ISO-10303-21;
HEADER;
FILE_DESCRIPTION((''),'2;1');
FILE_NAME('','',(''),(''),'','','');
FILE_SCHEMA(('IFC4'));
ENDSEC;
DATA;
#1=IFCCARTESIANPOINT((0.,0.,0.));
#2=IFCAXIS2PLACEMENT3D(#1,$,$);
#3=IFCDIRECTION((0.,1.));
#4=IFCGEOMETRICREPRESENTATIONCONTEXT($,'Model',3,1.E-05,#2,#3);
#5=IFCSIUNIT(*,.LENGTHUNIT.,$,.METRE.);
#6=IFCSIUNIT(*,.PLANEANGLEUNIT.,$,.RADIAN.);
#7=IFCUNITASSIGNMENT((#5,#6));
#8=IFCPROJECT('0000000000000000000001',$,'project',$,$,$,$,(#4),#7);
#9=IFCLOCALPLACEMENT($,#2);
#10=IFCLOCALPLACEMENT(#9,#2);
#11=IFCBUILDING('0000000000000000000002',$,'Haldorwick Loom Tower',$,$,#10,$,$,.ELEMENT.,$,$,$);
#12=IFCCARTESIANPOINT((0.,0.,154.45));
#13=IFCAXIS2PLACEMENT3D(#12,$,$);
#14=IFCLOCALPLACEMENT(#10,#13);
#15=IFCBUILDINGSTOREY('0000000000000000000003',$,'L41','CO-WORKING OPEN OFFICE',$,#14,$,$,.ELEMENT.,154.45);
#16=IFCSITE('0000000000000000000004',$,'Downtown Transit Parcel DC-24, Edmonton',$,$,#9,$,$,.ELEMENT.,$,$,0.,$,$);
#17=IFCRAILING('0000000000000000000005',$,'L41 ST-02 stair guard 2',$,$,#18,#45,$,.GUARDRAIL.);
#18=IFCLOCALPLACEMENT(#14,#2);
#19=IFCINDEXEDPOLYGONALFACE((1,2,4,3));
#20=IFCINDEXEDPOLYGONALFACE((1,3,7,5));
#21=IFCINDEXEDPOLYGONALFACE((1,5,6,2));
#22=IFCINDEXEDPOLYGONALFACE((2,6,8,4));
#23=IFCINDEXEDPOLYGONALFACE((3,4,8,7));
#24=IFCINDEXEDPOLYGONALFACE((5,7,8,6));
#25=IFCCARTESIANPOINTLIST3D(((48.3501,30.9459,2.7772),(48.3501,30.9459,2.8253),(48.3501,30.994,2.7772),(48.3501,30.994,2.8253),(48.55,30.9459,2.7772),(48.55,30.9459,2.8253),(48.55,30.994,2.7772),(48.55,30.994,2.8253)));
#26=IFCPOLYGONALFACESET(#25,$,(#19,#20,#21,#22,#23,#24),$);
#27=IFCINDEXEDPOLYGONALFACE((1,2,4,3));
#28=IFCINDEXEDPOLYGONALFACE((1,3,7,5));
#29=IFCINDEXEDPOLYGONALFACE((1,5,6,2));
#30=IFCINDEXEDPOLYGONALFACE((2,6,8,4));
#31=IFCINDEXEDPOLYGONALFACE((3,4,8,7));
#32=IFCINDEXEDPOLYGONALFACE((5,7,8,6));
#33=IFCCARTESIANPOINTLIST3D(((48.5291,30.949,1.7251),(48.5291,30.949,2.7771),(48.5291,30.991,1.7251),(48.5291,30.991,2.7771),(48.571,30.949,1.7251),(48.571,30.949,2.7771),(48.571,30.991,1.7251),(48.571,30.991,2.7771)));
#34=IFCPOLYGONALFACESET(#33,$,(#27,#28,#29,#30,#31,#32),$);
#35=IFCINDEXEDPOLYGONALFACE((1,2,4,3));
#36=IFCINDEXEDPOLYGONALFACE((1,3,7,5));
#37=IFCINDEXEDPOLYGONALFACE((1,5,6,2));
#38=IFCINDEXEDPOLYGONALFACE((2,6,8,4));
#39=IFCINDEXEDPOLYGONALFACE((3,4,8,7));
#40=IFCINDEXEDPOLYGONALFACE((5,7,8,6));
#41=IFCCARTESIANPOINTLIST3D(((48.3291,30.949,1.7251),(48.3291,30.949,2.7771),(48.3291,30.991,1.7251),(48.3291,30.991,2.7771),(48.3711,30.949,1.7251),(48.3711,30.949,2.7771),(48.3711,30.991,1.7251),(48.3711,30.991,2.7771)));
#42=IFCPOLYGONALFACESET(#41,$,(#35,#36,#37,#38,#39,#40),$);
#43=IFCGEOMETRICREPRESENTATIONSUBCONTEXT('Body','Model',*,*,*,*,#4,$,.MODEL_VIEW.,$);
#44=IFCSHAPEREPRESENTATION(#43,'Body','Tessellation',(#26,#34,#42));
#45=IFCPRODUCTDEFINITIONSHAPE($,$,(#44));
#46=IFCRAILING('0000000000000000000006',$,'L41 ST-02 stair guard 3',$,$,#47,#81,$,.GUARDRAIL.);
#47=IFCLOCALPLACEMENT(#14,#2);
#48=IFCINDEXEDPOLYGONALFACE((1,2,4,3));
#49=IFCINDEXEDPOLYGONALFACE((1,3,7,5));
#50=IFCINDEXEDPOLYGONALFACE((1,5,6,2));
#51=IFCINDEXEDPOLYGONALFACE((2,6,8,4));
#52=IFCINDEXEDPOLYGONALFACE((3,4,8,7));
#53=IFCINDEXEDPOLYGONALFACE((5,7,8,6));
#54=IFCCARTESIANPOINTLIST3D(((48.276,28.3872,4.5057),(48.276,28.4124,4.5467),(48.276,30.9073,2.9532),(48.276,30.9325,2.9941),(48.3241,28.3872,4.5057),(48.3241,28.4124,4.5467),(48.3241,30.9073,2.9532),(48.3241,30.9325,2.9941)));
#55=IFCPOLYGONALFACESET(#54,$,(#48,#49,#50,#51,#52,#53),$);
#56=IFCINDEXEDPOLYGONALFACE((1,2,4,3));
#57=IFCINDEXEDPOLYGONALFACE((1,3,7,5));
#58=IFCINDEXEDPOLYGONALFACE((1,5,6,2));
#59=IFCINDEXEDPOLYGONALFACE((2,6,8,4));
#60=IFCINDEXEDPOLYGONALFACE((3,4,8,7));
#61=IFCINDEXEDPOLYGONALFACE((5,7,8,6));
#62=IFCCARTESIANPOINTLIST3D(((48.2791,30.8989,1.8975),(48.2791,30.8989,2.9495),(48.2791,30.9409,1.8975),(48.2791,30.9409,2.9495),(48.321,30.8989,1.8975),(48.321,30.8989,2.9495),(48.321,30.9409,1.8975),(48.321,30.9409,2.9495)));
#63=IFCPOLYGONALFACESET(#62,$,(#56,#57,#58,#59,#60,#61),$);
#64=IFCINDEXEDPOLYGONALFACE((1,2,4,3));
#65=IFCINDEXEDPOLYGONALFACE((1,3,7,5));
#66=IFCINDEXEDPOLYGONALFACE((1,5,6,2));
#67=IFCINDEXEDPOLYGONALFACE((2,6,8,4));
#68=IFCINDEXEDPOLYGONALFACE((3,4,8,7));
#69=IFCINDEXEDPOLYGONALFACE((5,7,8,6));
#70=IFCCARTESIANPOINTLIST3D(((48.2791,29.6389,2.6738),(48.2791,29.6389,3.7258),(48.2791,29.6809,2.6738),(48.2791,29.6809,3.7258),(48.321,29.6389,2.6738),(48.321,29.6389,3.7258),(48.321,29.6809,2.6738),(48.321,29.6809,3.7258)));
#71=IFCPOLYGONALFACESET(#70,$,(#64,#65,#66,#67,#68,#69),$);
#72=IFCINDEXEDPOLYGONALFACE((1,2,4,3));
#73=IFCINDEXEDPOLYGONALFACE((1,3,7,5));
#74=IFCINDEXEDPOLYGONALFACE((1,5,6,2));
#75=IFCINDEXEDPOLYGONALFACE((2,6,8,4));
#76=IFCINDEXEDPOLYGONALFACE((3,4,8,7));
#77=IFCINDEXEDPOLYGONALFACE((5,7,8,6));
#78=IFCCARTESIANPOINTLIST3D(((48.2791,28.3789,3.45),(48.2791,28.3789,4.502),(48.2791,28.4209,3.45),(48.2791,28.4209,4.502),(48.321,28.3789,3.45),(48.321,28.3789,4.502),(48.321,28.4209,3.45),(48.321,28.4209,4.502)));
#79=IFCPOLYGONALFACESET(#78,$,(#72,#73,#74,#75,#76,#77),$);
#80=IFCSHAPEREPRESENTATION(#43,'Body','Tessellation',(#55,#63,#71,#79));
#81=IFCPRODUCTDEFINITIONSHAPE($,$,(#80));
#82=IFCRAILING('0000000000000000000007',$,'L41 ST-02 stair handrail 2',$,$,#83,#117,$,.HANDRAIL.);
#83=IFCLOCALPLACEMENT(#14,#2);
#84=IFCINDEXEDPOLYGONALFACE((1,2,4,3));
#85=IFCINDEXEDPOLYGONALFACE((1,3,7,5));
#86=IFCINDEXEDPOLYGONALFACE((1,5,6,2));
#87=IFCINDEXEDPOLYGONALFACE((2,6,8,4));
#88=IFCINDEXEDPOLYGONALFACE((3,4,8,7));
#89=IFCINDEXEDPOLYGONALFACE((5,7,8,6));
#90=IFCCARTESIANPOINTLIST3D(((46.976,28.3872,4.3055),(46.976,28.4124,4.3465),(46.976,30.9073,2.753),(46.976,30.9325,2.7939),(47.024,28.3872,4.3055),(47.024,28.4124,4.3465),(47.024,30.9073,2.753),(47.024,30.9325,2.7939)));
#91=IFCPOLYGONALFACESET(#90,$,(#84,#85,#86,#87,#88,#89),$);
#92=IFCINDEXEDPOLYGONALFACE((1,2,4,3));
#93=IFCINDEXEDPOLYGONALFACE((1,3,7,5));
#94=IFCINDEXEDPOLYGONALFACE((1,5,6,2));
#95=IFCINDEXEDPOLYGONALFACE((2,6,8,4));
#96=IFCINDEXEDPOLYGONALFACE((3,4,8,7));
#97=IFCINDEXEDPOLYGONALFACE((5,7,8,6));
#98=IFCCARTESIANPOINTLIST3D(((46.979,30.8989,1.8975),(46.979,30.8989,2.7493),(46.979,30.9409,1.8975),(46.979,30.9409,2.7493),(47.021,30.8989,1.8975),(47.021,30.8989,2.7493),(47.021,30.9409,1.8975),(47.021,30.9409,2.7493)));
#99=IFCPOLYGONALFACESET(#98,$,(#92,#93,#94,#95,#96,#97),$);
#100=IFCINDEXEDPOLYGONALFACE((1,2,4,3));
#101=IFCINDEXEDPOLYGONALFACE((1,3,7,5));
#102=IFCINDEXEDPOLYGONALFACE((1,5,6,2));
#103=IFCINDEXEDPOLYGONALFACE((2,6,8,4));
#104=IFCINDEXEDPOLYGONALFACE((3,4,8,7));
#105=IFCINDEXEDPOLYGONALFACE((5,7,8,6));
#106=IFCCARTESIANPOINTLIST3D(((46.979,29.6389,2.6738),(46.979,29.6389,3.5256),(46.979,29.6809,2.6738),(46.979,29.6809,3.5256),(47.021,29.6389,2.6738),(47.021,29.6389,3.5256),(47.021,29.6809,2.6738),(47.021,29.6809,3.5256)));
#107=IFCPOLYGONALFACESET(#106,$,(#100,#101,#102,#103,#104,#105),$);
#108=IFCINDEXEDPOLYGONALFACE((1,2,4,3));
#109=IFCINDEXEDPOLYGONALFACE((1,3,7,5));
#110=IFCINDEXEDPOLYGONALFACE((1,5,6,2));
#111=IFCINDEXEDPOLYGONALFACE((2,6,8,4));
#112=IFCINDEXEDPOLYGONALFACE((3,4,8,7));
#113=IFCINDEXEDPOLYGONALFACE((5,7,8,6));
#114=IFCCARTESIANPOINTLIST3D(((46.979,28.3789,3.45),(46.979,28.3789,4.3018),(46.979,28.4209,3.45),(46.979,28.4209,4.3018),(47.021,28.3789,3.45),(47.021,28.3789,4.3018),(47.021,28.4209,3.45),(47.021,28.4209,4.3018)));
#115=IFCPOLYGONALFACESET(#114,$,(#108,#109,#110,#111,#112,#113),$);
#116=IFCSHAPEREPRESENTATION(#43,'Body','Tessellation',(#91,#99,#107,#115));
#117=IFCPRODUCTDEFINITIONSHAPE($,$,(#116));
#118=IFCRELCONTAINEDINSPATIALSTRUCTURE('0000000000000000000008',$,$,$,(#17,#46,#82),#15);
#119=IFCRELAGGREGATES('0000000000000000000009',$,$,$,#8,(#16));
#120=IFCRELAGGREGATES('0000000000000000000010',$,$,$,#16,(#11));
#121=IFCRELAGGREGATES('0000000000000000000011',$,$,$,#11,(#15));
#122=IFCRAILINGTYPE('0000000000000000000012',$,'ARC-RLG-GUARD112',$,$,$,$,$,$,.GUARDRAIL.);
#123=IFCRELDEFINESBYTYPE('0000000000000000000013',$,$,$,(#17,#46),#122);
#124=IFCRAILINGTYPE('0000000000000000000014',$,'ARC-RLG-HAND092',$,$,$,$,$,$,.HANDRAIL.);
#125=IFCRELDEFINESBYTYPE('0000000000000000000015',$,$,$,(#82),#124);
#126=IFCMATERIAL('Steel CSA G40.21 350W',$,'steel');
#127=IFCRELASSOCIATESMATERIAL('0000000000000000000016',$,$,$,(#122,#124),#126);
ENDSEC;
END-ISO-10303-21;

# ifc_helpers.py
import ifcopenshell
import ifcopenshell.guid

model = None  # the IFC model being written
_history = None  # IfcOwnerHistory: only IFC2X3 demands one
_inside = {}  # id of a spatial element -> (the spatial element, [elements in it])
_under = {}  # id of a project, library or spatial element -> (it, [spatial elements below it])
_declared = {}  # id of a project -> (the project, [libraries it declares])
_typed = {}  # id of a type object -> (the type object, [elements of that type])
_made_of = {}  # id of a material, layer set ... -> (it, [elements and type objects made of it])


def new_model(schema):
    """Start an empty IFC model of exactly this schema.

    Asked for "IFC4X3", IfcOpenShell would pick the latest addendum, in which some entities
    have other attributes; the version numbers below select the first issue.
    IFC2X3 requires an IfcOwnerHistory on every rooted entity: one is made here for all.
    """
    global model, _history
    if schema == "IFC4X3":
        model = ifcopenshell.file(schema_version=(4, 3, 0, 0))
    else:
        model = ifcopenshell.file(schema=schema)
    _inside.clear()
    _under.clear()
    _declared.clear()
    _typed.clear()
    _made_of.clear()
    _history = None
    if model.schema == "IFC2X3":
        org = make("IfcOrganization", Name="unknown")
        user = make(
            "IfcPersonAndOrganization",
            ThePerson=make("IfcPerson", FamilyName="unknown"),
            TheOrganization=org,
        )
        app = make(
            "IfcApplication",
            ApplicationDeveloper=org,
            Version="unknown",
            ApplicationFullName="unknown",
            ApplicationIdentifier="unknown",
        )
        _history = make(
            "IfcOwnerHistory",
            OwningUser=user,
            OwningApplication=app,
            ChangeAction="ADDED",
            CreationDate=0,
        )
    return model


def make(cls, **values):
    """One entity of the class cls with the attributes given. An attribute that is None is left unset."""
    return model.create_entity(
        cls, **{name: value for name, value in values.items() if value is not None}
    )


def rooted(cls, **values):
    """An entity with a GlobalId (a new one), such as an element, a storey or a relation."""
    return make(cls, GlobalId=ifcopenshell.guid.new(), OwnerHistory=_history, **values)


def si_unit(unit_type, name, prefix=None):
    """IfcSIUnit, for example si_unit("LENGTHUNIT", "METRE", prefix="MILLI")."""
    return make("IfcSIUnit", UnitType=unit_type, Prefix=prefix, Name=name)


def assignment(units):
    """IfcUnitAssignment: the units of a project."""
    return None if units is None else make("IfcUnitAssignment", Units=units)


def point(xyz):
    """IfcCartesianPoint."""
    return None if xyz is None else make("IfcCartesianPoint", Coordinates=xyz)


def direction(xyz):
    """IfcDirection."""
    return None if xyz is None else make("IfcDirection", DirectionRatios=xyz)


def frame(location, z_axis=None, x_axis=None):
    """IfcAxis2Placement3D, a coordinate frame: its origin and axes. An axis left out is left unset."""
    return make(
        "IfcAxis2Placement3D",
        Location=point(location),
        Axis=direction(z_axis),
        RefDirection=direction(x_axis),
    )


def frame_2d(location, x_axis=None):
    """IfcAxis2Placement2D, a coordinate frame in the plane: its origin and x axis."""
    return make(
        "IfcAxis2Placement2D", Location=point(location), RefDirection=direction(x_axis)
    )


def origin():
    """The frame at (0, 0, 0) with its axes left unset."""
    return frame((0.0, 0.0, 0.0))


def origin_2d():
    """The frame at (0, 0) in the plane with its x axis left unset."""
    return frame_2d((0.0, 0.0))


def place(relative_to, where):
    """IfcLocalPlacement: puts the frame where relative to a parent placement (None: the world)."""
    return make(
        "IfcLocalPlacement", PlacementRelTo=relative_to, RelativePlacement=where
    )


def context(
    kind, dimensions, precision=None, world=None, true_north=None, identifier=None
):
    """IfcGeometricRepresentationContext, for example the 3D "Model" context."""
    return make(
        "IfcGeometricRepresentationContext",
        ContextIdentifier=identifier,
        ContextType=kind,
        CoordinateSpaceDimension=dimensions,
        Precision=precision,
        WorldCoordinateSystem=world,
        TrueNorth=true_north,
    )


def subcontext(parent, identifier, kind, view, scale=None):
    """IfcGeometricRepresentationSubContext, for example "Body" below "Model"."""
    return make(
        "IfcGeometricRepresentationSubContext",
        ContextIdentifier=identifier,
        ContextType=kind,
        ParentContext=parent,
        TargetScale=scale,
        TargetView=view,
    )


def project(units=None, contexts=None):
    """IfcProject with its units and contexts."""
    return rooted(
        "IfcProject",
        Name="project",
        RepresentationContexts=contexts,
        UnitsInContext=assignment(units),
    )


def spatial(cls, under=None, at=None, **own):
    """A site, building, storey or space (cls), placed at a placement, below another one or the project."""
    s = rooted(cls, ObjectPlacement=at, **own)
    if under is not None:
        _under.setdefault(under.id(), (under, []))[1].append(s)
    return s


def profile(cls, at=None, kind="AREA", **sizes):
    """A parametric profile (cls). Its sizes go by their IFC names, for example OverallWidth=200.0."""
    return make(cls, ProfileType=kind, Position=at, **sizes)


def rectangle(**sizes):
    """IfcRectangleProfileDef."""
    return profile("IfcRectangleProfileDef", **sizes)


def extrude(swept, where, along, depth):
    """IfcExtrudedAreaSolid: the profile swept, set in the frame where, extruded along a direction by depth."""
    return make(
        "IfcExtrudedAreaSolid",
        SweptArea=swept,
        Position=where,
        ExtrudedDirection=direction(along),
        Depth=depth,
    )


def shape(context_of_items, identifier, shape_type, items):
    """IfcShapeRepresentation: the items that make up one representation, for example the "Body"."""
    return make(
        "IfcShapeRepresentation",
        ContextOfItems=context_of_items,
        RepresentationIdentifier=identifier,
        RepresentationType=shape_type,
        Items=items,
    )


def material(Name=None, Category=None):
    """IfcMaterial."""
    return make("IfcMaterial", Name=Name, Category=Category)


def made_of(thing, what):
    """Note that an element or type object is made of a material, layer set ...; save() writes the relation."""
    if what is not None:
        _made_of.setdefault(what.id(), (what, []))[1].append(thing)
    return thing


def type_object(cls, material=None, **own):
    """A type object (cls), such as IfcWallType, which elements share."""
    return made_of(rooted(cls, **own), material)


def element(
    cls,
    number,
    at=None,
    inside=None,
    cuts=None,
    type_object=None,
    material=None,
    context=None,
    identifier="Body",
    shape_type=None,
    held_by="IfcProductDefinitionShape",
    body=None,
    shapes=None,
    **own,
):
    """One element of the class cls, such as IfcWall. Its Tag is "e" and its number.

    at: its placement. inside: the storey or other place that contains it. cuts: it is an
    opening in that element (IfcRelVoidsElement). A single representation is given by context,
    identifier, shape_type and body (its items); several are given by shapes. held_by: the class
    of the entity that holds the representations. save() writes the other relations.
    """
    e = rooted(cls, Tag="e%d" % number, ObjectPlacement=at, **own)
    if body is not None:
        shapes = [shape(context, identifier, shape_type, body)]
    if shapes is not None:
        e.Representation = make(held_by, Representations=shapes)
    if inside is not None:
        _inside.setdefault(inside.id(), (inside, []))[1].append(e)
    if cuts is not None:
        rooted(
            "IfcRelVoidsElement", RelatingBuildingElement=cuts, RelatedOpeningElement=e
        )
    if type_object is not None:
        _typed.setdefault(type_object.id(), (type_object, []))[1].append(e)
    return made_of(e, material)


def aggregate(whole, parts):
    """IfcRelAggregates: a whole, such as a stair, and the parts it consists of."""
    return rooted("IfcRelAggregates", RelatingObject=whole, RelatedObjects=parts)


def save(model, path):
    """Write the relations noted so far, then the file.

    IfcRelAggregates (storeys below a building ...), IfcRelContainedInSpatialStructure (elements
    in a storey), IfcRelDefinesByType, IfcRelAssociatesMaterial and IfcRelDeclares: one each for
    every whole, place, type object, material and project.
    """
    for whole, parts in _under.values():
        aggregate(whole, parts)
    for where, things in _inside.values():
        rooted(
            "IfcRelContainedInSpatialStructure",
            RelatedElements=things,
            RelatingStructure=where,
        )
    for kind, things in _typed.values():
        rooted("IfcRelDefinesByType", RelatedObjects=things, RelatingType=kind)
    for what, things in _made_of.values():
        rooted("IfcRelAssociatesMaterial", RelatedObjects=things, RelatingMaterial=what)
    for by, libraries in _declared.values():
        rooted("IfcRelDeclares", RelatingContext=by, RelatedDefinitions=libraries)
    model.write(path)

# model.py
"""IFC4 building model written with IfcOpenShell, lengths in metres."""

from ifc_helpers import new_model, si_unit, direction, frame, origin, origin_2d, place, context, subcontext, project, spatial, rectangle, extrude, material, type_object, element, save


model = new_model("IFC4")

# Units and contexts
model_context = context("Model", 3, precision=1e-05, world=origin(), true_north=direction((0.0, 1.0)))
body_context = subcontext(model_context, "Body", "Model", "MODEL_VIEW")
ifc_project = project(units=[si_unit("LENGTHUNIT", "METRE"), si_unit("PLANEANGLEUNIT", "RADIAN")], contexts=[model_context])

# Site, building, storey
site_placement = place(None, origin())
site = spatial("IfcSite", under=ifc_project, at=site_placement, Name="Downtown Transit Parcel DC-24, Edmonton", CompositionType="ELEMENT", RefElevation=0.0)
building_placement = place(site_placement, origin())
building = spatial("IfcBuilding", under=site, at=building_placement, Name="Haldorwick Loom Tower", CompositionType="ELEMENT")
storey_placement = place(building_placement, frame((0.0, 0.0, 154.45)))
storey = spatial("IfcBuildingStorey", under=building, at=storey_placement, Name="L41", Description="CO-WORKING OPEN OFFICE", CompositionType="ELEMENT", Elevation=154.45)

# Shared definitions
ifc_material_1 = material(Name="Steel CSA G40.21 350W", Category="steel")

# Railings
railing_type_1 = type_object("IfcRailingType", Name="ARC-RLG-GUARD112", PredefinedType="GUARDRAIL", material=ifc_material_1)
railing_1_placement = place(storey_placement, frame((48.55, 30.97, 1.7251)))
element("IfcRailing", 1, at=railing_1_placement, inside=storey, type_object=railing_type_1, Name="L41 ST-02 stair guard 2", PredefinedType="GUARDRAIL", context=body_context, shape_type="SweptSolid", body=[
    extrude(rectangle(XDim=0.0481, YDim=0.0481, at=origin_2d()), frame((0.0, 0.0, 1.0762), z_axis=(-1.0, 0.0, 0.0), x_axis=(0.0, -1.0, 0.0)), (0.0, 0.0, 1.0), 0.2),
    extrude(rectangle(XDim=0.042, YDim=0.042, at=origin_2d()), origin(), (0.0, 0.0, 1.0), 1.052),
    extrude(rectangle(XDim=0.042, YDim=0.042, at=origin_2d()), frame((-0.2, 0.0, 0.0)), (0.0, 0.0, 1.0), 1.052),
])
railing_2_placement = place(storey_placement, frame((48.3, 30.9199, 1.8975)))
element("IfcRailing", 2, at=railing_2_placement, inside=storey, type_object=railing_type_1, Name="L41 ST-02 stair guard 3", PredefinedType="GUARDRAIL", context=body_context, shape_type="SweptSolid", body=[
    extrude(rectangle(XDim=0.0481, YDim=0.0481, at=origin_2d()), frame((0.0, 0.0, 1.0762), z_axis=(0.0, -0.8514, 0.524516), x_axis=(1.0, 0.0, 0.0)), (0.0, 0.0, 1.0), 2.96),
    extrude(rectangle(XDim=0.042, YDim=0.042, at=origin_2d()), origin(), (0.0, 0.0, 1.0), 1.052),
    extrude(rectangle(XDim=0.042, YDim=0.042, at=origin_2d()), frame((0.0, -1.26, 0.7764)), (0.0, 0.0, 1.0), 1.052),
    extrude(rectangle(XDim=0.042, YDim=0.042, at=origin_2d()), frame((0.0, -2.52, 1.5525)), (0.0, 0.0, 1.0), 1.052),
])
railing_type_2 = type_object("IfcRailingType", Name="ARC-RLG-HAND092", PredefinedType="HANDRAIL", material=ifc_material_1)
railing_3_placement = place(storey_placement, frame((47.0, 30.9199, 1.8975)))
element("IfcRailing", 3, at=railing_3_placement, inside=storey, type_object=railing_type_2, Name="L41 ST-02 stair handrail 2", PredefinedType="HANDRAIL", context=body_context, shape_type="SweptSolid", body=[
    extrude(rectangle(XDim=0.0481, YDim=0.0481, at=origin_2d()), frame((0.0, 0.0, 0.876), z_axis=(0.0, -0.8514, 0.524516), x_axis=(1.0, 0.0, 0.0)), (0.0, 0.0, 1.0), 2.96),
    extrude(rectangle(XDim=0.042, YDim=0.042, at=origin_2d()), origin(), (0.0, 0.0, 1.0), 0.8518),
    extrude(rectangle(XDim=0.042, YDim=0.042, at=origin_2d()), frame((0.0, -1.26, 0.7764)), (0.0, 0.0, 1.0), 0.8518),
    extrude(rectangle(XDim=0.042, YDim=0.042, at=origin_2d()), frame((0.0, -2.52, 1.5525)), (0.0, 0.0, 1.0), 0.8518),
])

save(model, "model.ifc")
